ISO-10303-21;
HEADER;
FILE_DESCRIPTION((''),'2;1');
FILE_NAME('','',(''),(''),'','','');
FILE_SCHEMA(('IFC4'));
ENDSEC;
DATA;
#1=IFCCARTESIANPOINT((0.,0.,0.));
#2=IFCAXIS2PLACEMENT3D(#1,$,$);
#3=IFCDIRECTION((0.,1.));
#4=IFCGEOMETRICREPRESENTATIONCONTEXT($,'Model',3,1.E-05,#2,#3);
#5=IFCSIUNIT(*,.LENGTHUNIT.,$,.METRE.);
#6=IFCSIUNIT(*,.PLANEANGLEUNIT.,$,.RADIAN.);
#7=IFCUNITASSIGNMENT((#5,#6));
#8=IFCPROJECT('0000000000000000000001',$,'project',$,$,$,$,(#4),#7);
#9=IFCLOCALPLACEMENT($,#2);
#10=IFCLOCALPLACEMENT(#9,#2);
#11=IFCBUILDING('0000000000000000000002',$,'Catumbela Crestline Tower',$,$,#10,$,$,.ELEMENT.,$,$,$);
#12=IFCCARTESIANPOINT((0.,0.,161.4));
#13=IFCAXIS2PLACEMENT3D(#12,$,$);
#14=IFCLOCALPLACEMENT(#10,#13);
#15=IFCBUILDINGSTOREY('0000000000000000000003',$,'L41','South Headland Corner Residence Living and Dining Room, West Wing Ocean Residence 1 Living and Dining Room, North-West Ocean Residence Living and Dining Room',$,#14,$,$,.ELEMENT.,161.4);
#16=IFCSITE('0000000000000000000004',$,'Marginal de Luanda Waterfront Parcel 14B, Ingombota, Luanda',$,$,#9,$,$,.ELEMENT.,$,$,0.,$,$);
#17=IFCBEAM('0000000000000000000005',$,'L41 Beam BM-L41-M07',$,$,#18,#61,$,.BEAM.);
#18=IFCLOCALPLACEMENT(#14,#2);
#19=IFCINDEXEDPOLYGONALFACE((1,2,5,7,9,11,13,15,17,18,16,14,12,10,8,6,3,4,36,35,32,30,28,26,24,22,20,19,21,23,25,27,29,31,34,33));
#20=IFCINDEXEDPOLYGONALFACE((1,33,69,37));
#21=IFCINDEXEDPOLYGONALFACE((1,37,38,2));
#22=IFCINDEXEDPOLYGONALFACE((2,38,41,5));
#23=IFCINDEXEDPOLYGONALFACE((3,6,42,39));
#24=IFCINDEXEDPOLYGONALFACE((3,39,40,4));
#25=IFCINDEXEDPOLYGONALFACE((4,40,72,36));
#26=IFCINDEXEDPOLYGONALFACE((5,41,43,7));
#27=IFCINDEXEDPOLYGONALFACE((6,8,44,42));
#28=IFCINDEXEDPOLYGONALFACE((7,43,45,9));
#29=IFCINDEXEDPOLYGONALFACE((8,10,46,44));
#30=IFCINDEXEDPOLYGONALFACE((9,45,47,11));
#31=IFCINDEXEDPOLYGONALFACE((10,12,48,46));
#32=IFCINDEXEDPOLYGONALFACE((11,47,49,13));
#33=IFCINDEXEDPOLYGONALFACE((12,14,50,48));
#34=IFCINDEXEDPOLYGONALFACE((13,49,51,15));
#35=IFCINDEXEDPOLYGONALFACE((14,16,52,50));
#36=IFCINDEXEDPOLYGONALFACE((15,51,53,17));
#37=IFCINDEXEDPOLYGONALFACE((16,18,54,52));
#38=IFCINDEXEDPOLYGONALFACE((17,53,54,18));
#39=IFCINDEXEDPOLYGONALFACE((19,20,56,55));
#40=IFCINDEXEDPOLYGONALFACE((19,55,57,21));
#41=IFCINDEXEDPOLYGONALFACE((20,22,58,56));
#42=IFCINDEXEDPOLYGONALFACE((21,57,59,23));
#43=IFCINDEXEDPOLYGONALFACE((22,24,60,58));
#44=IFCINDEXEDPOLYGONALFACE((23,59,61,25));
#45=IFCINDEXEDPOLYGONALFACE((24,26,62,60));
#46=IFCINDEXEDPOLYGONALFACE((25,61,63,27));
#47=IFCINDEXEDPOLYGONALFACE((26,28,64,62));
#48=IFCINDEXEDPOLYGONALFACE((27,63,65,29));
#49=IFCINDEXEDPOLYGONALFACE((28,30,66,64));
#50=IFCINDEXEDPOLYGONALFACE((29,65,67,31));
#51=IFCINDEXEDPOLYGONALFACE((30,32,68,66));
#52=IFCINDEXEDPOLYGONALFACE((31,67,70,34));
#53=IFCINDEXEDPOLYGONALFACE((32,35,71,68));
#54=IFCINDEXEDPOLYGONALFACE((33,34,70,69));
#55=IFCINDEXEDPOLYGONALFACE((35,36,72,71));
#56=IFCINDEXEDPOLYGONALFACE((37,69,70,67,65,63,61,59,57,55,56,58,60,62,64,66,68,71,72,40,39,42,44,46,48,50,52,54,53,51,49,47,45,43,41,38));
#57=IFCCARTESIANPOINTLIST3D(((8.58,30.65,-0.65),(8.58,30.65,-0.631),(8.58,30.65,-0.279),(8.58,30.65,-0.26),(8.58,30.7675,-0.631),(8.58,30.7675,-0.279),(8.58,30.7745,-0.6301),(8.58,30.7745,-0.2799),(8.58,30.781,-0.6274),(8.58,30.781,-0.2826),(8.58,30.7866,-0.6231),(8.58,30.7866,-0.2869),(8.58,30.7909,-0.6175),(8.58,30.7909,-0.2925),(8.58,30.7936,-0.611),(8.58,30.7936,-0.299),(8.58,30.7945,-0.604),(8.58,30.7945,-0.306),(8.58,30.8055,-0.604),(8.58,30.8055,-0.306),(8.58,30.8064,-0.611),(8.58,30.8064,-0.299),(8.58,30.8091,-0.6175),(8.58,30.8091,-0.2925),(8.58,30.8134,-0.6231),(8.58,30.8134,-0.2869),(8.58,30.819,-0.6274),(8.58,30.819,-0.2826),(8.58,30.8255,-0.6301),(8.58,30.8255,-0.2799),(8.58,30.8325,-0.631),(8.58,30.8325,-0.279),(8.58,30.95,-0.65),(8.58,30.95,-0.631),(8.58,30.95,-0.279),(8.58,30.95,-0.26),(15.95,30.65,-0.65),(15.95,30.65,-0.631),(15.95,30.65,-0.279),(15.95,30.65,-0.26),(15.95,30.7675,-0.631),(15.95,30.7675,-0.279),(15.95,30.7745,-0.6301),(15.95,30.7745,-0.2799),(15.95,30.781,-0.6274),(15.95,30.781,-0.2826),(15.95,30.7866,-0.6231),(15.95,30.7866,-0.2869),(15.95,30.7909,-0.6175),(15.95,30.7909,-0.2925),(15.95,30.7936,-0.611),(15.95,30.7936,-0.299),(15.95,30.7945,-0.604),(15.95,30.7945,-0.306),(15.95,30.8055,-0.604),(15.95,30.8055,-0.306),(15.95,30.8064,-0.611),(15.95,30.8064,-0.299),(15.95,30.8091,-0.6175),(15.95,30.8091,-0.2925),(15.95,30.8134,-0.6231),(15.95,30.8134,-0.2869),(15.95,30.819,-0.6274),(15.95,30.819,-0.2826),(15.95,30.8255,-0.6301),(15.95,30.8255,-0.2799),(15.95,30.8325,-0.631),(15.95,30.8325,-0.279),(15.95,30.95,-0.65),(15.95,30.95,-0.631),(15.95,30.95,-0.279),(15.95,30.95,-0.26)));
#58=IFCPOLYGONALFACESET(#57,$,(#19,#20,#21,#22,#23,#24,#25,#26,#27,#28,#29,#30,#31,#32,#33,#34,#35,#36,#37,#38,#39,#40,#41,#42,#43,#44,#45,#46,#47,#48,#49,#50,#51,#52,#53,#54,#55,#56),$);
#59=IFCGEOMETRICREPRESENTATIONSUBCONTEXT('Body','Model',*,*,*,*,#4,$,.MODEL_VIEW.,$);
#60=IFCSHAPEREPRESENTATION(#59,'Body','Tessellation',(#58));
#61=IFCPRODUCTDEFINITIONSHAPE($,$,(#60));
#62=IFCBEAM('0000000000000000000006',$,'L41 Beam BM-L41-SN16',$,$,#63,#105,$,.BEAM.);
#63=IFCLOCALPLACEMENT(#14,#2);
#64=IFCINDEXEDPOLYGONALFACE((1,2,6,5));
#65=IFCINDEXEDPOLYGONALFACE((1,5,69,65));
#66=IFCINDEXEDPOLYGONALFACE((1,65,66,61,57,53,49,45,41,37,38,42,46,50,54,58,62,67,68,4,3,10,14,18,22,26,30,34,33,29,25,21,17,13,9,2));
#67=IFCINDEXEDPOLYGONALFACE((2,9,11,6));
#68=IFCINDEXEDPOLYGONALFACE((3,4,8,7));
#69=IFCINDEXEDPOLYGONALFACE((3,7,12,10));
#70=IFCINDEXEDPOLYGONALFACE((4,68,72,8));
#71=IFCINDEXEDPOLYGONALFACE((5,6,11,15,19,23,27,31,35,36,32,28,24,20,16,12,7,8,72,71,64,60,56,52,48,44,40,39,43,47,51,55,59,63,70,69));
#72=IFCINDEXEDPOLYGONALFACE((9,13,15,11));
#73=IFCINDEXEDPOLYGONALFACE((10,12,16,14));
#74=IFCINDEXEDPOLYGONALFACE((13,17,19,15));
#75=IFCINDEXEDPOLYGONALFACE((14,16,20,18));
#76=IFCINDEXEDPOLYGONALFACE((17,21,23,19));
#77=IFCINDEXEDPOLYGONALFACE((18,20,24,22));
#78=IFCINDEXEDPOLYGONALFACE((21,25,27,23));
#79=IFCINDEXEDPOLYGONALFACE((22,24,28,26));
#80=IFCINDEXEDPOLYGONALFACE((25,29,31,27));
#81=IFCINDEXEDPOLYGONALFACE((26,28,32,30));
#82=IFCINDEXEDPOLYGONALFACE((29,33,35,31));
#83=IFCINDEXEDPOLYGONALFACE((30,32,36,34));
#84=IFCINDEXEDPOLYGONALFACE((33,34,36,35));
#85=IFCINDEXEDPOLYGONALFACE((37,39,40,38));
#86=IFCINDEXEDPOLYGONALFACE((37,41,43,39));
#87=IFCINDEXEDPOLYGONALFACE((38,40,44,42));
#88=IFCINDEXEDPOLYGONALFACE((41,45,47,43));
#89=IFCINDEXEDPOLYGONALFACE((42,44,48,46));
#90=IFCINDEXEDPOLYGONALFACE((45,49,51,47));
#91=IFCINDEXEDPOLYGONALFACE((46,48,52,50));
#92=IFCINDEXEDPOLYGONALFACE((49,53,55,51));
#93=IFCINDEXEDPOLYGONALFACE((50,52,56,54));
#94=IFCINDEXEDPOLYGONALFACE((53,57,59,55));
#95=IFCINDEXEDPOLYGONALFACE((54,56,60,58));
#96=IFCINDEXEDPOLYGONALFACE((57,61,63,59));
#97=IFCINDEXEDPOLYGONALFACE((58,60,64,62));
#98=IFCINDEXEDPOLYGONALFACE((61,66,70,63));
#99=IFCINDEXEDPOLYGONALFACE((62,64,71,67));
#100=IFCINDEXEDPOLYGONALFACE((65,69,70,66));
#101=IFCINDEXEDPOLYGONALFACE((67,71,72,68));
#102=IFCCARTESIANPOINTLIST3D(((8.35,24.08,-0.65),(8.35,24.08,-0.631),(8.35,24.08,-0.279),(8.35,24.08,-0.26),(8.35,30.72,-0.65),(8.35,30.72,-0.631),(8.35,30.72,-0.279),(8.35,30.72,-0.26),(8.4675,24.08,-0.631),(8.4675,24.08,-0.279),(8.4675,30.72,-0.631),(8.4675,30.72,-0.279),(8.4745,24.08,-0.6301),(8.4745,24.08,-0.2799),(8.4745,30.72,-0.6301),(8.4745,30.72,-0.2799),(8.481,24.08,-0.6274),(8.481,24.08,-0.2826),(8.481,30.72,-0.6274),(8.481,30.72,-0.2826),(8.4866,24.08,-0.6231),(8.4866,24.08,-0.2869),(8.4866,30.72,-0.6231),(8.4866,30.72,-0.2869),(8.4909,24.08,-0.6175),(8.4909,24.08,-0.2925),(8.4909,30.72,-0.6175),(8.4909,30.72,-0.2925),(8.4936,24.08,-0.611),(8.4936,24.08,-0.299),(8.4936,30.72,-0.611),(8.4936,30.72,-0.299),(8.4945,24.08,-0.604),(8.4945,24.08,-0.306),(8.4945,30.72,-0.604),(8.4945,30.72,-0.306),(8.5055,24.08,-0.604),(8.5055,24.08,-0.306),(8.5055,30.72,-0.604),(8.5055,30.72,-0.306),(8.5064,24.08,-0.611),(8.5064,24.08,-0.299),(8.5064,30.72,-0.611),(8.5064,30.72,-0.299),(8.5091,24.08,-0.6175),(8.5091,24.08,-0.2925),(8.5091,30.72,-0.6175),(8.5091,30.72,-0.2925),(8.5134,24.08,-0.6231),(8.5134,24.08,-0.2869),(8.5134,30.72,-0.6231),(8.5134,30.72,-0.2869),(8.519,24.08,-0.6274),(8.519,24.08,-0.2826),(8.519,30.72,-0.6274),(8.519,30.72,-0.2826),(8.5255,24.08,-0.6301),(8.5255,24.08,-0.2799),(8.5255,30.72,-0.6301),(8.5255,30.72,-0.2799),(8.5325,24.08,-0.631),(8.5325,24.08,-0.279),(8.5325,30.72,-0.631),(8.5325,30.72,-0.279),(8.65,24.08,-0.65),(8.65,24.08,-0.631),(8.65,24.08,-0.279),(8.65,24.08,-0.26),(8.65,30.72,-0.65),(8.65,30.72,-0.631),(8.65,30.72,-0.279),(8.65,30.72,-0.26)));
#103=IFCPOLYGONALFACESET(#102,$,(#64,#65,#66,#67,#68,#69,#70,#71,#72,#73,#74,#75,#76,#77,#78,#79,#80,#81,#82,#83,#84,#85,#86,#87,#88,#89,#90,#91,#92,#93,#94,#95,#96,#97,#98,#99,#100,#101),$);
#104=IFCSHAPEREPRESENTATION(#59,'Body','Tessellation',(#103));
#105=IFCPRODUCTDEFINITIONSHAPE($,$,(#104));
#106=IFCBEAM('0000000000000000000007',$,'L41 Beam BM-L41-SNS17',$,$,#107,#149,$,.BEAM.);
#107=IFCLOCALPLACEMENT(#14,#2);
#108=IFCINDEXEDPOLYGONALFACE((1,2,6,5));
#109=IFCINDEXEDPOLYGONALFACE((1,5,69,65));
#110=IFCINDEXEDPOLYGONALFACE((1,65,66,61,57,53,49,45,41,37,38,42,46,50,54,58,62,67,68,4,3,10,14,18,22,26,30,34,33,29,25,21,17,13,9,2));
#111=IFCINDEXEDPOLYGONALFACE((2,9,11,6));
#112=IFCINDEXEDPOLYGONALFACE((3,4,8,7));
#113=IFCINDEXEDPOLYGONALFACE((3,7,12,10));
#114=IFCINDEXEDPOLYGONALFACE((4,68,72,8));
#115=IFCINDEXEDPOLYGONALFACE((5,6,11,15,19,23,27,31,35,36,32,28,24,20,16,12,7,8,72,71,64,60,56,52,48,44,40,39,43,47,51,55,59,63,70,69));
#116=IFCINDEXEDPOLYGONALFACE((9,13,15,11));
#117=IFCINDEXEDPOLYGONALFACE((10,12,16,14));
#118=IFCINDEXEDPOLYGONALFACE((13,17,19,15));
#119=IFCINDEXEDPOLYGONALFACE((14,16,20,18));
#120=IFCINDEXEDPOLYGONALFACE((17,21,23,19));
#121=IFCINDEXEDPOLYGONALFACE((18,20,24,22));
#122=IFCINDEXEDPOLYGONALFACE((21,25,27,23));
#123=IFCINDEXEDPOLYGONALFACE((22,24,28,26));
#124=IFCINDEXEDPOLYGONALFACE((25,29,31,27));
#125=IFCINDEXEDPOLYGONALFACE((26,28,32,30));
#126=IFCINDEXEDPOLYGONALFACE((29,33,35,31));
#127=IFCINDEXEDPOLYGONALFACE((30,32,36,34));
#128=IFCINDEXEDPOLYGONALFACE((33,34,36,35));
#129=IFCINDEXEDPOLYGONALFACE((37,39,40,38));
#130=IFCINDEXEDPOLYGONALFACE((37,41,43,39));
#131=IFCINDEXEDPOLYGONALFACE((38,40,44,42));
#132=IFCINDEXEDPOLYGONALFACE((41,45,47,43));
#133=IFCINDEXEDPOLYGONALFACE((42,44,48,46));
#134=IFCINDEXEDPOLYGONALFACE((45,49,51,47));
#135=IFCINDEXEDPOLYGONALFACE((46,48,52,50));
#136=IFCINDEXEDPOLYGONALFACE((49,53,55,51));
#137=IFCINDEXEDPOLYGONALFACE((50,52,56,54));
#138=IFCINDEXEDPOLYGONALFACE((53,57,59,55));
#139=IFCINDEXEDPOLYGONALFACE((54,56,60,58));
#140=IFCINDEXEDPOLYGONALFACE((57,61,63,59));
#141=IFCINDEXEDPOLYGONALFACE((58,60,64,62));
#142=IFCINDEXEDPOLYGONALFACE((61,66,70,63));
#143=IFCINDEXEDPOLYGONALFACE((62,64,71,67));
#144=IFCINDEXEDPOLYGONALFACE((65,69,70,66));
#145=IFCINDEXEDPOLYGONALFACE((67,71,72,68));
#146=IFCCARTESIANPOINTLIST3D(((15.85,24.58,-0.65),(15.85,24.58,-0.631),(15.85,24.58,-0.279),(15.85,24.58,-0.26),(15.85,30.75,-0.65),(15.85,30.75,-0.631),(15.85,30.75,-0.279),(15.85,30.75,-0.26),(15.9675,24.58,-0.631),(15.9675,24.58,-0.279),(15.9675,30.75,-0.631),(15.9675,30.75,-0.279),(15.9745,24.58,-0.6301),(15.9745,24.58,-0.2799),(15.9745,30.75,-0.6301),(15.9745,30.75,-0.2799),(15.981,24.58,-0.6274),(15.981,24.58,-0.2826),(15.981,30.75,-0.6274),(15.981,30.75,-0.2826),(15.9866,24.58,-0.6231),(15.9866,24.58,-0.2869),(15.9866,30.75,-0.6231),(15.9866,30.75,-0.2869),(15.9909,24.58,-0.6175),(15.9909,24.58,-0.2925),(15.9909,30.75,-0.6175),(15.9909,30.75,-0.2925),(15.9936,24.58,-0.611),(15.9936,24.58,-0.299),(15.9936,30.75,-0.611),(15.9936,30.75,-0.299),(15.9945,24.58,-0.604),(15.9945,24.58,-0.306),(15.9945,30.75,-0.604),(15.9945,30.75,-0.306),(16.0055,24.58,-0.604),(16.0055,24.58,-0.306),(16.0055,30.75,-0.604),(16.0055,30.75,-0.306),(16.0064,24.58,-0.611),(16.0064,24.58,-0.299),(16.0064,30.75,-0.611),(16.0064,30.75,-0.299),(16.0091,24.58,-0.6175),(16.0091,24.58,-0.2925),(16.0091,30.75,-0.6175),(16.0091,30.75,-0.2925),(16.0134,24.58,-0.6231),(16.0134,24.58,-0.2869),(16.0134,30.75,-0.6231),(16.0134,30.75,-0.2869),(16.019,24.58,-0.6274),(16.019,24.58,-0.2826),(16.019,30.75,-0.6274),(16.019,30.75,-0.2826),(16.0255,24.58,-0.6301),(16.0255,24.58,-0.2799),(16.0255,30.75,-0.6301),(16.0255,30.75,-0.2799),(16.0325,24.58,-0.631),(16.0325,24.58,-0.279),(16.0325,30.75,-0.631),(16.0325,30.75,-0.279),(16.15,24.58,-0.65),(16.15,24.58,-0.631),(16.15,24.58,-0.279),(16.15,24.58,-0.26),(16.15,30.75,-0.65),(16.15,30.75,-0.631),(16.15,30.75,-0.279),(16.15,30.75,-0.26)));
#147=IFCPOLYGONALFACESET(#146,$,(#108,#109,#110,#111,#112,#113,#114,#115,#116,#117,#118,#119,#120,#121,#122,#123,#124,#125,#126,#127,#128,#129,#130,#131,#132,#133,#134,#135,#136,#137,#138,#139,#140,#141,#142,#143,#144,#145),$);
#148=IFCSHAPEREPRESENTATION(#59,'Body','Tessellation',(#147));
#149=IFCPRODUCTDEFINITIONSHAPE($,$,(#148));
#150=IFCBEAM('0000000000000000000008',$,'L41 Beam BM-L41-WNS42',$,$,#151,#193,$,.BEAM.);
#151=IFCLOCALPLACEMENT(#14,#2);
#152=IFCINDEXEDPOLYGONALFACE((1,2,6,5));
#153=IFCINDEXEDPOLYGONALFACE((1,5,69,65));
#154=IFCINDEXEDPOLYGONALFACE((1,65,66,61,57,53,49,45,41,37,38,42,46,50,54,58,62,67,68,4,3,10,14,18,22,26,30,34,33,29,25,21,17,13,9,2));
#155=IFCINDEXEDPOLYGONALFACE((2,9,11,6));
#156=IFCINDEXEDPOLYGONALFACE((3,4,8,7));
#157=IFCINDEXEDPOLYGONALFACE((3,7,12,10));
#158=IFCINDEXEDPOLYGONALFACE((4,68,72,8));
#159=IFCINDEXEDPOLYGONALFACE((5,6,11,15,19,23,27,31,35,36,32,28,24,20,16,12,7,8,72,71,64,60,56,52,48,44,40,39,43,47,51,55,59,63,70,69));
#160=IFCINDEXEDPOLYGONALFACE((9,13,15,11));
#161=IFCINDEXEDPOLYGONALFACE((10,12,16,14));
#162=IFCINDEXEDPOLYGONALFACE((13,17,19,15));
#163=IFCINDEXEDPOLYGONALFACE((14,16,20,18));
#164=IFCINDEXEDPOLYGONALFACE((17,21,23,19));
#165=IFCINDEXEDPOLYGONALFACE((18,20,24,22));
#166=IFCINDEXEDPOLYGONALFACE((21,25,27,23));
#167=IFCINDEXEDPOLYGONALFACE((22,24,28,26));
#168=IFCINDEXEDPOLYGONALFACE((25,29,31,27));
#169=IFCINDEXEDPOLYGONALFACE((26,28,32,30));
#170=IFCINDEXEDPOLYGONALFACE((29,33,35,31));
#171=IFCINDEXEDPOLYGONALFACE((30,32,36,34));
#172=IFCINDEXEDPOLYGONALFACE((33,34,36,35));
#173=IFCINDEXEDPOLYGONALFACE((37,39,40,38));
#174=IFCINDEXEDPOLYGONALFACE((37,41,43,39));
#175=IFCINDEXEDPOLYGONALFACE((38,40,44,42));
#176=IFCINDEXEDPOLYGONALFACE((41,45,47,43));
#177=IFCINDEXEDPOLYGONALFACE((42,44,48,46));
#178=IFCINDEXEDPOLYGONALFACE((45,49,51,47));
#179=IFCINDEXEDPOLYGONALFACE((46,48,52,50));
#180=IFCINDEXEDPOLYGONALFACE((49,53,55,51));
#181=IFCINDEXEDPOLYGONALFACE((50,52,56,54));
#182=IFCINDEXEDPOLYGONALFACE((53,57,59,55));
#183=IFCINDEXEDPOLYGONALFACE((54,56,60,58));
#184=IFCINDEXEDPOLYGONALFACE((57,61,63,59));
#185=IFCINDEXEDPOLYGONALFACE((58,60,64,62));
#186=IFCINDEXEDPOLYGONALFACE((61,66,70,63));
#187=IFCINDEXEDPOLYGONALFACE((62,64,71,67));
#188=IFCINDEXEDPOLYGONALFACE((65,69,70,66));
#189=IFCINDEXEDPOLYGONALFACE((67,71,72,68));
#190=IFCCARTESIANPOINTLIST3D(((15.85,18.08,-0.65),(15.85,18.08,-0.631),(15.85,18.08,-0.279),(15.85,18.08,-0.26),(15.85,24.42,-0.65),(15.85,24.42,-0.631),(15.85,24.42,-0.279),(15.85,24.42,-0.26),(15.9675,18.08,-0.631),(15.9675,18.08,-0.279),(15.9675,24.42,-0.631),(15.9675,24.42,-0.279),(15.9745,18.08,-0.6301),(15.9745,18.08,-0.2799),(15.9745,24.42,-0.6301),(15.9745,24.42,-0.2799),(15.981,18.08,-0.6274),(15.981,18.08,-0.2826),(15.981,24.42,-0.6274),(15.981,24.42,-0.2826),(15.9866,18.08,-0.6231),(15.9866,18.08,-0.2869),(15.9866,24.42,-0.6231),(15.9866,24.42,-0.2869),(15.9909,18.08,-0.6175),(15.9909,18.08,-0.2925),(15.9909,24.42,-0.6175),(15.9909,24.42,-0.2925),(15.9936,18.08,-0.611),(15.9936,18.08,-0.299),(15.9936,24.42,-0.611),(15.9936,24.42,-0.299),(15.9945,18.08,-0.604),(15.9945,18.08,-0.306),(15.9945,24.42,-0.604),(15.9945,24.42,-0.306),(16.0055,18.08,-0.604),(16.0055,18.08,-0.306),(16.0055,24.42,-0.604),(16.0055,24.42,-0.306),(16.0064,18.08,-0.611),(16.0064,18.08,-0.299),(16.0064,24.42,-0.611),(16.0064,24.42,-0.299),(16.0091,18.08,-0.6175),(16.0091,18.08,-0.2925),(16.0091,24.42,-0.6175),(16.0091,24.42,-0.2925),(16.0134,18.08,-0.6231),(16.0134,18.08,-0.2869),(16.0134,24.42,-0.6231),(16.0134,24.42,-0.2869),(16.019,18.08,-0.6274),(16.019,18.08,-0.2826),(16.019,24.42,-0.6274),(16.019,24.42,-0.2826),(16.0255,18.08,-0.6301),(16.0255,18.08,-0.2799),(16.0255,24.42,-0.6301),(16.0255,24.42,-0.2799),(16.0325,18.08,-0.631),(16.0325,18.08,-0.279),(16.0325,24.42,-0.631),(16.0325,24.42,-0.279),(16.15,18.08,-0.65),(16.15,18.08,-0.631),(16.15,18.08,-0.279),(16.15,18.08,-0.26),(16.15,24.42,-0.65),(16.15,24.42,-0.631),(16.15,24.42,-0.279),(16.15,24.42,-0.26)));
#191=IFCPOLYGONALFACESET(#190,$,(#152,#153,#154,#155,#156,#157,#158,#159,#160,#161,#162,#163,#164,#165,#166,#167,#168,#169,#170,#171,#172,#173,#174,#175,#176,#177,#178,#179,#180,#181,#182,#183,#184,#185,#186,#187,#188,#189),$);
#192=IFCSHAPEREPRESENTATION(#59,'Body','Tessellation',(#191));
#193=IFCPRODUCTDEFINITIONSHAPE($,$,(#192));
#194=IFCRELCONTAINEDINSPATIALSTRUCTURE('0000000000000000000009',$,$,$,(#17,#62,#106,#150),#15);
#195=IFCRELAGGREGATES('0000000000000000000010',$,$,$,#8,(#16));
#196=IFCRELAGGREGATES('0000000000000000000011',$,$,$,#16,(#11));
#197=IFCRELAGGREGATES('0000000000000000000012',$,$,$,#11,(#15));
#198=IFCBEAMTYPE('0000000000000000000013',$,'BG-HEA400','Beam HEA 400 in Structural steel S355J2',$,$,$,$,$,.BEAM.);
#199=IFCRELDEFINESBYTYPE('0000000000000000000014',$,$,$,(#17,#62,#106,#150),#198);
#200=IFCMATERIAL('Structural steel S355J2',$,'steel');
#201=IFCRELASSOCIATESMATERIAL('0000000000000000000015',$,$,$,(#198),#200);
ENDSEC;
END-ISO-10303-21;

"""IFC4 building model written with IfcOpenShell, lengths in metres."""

from ifc_helpers import new_model, si_unit, direction, frame, origin, origin_2d, place, context, subcontext, project, spatial, i_section, extrude, material, material_profile, profile_set, type_object, element, save


model = new_model("IFC4")

# Units and contexts
model_context = context("Model", 3, precision=1e-05, world=origin(), true_north=direction((0.0, 1.0)))
body_context = subcontext(model_context, "Body", "Model", "MODEL_VIEW")
ifc_project = project(units=[si_unit("LENGTHUNIT", "METRE"), si_unit("PLANEANGLEUNIT", "RADIAN")], contexts=[model_context])

# Site, building, storey
site_placement = place(None, origin())
site = spatial("IfcSite", under=ifc_project, at=site_placement, Name="Marginal de Luanda Waterfront Parcel 14B, Ingombota, Luanda", CompositionType="ELEMENT", RefElevation=0.0)
building_placement = place(site_placement, origin())
building = spatial("IfcBuilding", under=site, at=building_placement, Name="Catumbela Crestline Tower", CompositionType="ELEMENT")
storey_placement = place(building_placement, frame((0.0, 0.0, 161.4)))
storey = spatial("IfcBuildingStorey", under=building, at=storey_placement, Name="L41", Description="South Headland Corner Residence Living and Dining Room, West Wing Ocean Residence 1 Living and Dining Room, North-West Ocean Residence Living and Dining Room", CompositionType="ELEMENT", Elevation=161.4)

# Beams
ifc_material_1 = material(Name="Structural steel S355J2", Category="steel")
ifc_material_profile_1 = material_profile(ifc_material_1, i_section(OverallWidth=0.3, OverallDepth=0.39, WebThickness=0.011, FlangeThickness=0.019, FilletRadius=0.027, at=origin_2d()), Name="HEA 400")
ifc_profile_set_1 = profile_set([ifc_material_profile_1], Name="Structural steel S355J2")
beam_type_1 = type_object("IfcBeamType", Name="BG-HEA400", Description="Beam HEA 400 in Structural steel S355J2", PredefinedType="BEAM", material=ifc_profile_set_1)
beam_1_placement = place(storey_placement, frame((8.58, 30.8, -0.455), z_axis=(1.0, 0.0, 0.0), x_axis=(0.0, 1.0, 0.0)))
element("IfcBeam", 1, at=beam_1_placement, inside=storey, type_object=beam_type_1, Name="L41 Beam BM-L41-M07", PredefinedType="BEAM", context=body_context, shape_type="SweptSolid", body=[
    extrude(i_section(OverallWidth=0.3, OverallDepth=0.39, WebThickness=0.011, FlangeThickness=0.019, FilletRadius=0.027, at=origin_2d()), origin(), (0.0, 0.0, 1.0), 7.37),
])
beam_2_placement = place(storey_placement, frame((8.5, 24.08, -0.455), z_axis=(0.0, 1.0, 0.0), x_axis=(-1.0, 0.0, 0.0)))
element("IfcBeam", 2, at=beam_2_placement, inside=storey, type_object=beam_type_1, Name="L41 Beam BM-L41-SN16", PredefinedType="BEAM", context=body_context, shape_type="SweptSolid", body=[
    extrude(i_section(OverallWidth=0.3, OverallDepth=0.39, WebThickness=0.011, FlangeThickness=0.019, FilletRadius=0.027, at=origin_2d()), origin(), (0.0, 0.0, 1.0), 6.64),
])
beam_3_placement = place(storey_placement, frame((16.0, 24.58, -0.455), z_axis=(0.0, 1.0, 0.0), x_axis=(-1.0, 0.0, 0.0)))
element("IfcBeam", 3, at=beam_3_placement, inside=storey, type_object=beam_type_1, Name="L41 Beam BM-L41-SNS17", PredefinedType="BEAM", context=body_context, shape_type="SweptSolid", body=[
    extrude(i_section(OverallWidth=0.3, OverallDepth=0.39, WebThickness=0.011, FlangeThickness=0.019, FilletRadius=0.027, at=origin_2d()), origin(), (0.0, 0.0, 1.0), 6.17),
])
beam_4_placement = place(storey_placement, frame((16.0, 18.08, -0.455), z_axis=(0.0, 1.0, 0.0), x_axis=(-1.0, 0.0, 0.0)))
element("IfcBeam", 4, at=beam_4_placement, inside=storey, type_object=beam_type_1, Name="L41 Beam BM-L41-WNS42", PredefinedType="BEAM", context=body_context, shape_type="SweptSolid", body=[
    extrude(i_section(OverallWidth=0.3, OverallDepth=0.39, WebThickness=0.011, FlangeThickness=0.019, FilletRadius=0.027, at=origin_2d()), origin(), (0.0, 0.0, 1.0), 6.34),
])

save(model, "model.ifc")
